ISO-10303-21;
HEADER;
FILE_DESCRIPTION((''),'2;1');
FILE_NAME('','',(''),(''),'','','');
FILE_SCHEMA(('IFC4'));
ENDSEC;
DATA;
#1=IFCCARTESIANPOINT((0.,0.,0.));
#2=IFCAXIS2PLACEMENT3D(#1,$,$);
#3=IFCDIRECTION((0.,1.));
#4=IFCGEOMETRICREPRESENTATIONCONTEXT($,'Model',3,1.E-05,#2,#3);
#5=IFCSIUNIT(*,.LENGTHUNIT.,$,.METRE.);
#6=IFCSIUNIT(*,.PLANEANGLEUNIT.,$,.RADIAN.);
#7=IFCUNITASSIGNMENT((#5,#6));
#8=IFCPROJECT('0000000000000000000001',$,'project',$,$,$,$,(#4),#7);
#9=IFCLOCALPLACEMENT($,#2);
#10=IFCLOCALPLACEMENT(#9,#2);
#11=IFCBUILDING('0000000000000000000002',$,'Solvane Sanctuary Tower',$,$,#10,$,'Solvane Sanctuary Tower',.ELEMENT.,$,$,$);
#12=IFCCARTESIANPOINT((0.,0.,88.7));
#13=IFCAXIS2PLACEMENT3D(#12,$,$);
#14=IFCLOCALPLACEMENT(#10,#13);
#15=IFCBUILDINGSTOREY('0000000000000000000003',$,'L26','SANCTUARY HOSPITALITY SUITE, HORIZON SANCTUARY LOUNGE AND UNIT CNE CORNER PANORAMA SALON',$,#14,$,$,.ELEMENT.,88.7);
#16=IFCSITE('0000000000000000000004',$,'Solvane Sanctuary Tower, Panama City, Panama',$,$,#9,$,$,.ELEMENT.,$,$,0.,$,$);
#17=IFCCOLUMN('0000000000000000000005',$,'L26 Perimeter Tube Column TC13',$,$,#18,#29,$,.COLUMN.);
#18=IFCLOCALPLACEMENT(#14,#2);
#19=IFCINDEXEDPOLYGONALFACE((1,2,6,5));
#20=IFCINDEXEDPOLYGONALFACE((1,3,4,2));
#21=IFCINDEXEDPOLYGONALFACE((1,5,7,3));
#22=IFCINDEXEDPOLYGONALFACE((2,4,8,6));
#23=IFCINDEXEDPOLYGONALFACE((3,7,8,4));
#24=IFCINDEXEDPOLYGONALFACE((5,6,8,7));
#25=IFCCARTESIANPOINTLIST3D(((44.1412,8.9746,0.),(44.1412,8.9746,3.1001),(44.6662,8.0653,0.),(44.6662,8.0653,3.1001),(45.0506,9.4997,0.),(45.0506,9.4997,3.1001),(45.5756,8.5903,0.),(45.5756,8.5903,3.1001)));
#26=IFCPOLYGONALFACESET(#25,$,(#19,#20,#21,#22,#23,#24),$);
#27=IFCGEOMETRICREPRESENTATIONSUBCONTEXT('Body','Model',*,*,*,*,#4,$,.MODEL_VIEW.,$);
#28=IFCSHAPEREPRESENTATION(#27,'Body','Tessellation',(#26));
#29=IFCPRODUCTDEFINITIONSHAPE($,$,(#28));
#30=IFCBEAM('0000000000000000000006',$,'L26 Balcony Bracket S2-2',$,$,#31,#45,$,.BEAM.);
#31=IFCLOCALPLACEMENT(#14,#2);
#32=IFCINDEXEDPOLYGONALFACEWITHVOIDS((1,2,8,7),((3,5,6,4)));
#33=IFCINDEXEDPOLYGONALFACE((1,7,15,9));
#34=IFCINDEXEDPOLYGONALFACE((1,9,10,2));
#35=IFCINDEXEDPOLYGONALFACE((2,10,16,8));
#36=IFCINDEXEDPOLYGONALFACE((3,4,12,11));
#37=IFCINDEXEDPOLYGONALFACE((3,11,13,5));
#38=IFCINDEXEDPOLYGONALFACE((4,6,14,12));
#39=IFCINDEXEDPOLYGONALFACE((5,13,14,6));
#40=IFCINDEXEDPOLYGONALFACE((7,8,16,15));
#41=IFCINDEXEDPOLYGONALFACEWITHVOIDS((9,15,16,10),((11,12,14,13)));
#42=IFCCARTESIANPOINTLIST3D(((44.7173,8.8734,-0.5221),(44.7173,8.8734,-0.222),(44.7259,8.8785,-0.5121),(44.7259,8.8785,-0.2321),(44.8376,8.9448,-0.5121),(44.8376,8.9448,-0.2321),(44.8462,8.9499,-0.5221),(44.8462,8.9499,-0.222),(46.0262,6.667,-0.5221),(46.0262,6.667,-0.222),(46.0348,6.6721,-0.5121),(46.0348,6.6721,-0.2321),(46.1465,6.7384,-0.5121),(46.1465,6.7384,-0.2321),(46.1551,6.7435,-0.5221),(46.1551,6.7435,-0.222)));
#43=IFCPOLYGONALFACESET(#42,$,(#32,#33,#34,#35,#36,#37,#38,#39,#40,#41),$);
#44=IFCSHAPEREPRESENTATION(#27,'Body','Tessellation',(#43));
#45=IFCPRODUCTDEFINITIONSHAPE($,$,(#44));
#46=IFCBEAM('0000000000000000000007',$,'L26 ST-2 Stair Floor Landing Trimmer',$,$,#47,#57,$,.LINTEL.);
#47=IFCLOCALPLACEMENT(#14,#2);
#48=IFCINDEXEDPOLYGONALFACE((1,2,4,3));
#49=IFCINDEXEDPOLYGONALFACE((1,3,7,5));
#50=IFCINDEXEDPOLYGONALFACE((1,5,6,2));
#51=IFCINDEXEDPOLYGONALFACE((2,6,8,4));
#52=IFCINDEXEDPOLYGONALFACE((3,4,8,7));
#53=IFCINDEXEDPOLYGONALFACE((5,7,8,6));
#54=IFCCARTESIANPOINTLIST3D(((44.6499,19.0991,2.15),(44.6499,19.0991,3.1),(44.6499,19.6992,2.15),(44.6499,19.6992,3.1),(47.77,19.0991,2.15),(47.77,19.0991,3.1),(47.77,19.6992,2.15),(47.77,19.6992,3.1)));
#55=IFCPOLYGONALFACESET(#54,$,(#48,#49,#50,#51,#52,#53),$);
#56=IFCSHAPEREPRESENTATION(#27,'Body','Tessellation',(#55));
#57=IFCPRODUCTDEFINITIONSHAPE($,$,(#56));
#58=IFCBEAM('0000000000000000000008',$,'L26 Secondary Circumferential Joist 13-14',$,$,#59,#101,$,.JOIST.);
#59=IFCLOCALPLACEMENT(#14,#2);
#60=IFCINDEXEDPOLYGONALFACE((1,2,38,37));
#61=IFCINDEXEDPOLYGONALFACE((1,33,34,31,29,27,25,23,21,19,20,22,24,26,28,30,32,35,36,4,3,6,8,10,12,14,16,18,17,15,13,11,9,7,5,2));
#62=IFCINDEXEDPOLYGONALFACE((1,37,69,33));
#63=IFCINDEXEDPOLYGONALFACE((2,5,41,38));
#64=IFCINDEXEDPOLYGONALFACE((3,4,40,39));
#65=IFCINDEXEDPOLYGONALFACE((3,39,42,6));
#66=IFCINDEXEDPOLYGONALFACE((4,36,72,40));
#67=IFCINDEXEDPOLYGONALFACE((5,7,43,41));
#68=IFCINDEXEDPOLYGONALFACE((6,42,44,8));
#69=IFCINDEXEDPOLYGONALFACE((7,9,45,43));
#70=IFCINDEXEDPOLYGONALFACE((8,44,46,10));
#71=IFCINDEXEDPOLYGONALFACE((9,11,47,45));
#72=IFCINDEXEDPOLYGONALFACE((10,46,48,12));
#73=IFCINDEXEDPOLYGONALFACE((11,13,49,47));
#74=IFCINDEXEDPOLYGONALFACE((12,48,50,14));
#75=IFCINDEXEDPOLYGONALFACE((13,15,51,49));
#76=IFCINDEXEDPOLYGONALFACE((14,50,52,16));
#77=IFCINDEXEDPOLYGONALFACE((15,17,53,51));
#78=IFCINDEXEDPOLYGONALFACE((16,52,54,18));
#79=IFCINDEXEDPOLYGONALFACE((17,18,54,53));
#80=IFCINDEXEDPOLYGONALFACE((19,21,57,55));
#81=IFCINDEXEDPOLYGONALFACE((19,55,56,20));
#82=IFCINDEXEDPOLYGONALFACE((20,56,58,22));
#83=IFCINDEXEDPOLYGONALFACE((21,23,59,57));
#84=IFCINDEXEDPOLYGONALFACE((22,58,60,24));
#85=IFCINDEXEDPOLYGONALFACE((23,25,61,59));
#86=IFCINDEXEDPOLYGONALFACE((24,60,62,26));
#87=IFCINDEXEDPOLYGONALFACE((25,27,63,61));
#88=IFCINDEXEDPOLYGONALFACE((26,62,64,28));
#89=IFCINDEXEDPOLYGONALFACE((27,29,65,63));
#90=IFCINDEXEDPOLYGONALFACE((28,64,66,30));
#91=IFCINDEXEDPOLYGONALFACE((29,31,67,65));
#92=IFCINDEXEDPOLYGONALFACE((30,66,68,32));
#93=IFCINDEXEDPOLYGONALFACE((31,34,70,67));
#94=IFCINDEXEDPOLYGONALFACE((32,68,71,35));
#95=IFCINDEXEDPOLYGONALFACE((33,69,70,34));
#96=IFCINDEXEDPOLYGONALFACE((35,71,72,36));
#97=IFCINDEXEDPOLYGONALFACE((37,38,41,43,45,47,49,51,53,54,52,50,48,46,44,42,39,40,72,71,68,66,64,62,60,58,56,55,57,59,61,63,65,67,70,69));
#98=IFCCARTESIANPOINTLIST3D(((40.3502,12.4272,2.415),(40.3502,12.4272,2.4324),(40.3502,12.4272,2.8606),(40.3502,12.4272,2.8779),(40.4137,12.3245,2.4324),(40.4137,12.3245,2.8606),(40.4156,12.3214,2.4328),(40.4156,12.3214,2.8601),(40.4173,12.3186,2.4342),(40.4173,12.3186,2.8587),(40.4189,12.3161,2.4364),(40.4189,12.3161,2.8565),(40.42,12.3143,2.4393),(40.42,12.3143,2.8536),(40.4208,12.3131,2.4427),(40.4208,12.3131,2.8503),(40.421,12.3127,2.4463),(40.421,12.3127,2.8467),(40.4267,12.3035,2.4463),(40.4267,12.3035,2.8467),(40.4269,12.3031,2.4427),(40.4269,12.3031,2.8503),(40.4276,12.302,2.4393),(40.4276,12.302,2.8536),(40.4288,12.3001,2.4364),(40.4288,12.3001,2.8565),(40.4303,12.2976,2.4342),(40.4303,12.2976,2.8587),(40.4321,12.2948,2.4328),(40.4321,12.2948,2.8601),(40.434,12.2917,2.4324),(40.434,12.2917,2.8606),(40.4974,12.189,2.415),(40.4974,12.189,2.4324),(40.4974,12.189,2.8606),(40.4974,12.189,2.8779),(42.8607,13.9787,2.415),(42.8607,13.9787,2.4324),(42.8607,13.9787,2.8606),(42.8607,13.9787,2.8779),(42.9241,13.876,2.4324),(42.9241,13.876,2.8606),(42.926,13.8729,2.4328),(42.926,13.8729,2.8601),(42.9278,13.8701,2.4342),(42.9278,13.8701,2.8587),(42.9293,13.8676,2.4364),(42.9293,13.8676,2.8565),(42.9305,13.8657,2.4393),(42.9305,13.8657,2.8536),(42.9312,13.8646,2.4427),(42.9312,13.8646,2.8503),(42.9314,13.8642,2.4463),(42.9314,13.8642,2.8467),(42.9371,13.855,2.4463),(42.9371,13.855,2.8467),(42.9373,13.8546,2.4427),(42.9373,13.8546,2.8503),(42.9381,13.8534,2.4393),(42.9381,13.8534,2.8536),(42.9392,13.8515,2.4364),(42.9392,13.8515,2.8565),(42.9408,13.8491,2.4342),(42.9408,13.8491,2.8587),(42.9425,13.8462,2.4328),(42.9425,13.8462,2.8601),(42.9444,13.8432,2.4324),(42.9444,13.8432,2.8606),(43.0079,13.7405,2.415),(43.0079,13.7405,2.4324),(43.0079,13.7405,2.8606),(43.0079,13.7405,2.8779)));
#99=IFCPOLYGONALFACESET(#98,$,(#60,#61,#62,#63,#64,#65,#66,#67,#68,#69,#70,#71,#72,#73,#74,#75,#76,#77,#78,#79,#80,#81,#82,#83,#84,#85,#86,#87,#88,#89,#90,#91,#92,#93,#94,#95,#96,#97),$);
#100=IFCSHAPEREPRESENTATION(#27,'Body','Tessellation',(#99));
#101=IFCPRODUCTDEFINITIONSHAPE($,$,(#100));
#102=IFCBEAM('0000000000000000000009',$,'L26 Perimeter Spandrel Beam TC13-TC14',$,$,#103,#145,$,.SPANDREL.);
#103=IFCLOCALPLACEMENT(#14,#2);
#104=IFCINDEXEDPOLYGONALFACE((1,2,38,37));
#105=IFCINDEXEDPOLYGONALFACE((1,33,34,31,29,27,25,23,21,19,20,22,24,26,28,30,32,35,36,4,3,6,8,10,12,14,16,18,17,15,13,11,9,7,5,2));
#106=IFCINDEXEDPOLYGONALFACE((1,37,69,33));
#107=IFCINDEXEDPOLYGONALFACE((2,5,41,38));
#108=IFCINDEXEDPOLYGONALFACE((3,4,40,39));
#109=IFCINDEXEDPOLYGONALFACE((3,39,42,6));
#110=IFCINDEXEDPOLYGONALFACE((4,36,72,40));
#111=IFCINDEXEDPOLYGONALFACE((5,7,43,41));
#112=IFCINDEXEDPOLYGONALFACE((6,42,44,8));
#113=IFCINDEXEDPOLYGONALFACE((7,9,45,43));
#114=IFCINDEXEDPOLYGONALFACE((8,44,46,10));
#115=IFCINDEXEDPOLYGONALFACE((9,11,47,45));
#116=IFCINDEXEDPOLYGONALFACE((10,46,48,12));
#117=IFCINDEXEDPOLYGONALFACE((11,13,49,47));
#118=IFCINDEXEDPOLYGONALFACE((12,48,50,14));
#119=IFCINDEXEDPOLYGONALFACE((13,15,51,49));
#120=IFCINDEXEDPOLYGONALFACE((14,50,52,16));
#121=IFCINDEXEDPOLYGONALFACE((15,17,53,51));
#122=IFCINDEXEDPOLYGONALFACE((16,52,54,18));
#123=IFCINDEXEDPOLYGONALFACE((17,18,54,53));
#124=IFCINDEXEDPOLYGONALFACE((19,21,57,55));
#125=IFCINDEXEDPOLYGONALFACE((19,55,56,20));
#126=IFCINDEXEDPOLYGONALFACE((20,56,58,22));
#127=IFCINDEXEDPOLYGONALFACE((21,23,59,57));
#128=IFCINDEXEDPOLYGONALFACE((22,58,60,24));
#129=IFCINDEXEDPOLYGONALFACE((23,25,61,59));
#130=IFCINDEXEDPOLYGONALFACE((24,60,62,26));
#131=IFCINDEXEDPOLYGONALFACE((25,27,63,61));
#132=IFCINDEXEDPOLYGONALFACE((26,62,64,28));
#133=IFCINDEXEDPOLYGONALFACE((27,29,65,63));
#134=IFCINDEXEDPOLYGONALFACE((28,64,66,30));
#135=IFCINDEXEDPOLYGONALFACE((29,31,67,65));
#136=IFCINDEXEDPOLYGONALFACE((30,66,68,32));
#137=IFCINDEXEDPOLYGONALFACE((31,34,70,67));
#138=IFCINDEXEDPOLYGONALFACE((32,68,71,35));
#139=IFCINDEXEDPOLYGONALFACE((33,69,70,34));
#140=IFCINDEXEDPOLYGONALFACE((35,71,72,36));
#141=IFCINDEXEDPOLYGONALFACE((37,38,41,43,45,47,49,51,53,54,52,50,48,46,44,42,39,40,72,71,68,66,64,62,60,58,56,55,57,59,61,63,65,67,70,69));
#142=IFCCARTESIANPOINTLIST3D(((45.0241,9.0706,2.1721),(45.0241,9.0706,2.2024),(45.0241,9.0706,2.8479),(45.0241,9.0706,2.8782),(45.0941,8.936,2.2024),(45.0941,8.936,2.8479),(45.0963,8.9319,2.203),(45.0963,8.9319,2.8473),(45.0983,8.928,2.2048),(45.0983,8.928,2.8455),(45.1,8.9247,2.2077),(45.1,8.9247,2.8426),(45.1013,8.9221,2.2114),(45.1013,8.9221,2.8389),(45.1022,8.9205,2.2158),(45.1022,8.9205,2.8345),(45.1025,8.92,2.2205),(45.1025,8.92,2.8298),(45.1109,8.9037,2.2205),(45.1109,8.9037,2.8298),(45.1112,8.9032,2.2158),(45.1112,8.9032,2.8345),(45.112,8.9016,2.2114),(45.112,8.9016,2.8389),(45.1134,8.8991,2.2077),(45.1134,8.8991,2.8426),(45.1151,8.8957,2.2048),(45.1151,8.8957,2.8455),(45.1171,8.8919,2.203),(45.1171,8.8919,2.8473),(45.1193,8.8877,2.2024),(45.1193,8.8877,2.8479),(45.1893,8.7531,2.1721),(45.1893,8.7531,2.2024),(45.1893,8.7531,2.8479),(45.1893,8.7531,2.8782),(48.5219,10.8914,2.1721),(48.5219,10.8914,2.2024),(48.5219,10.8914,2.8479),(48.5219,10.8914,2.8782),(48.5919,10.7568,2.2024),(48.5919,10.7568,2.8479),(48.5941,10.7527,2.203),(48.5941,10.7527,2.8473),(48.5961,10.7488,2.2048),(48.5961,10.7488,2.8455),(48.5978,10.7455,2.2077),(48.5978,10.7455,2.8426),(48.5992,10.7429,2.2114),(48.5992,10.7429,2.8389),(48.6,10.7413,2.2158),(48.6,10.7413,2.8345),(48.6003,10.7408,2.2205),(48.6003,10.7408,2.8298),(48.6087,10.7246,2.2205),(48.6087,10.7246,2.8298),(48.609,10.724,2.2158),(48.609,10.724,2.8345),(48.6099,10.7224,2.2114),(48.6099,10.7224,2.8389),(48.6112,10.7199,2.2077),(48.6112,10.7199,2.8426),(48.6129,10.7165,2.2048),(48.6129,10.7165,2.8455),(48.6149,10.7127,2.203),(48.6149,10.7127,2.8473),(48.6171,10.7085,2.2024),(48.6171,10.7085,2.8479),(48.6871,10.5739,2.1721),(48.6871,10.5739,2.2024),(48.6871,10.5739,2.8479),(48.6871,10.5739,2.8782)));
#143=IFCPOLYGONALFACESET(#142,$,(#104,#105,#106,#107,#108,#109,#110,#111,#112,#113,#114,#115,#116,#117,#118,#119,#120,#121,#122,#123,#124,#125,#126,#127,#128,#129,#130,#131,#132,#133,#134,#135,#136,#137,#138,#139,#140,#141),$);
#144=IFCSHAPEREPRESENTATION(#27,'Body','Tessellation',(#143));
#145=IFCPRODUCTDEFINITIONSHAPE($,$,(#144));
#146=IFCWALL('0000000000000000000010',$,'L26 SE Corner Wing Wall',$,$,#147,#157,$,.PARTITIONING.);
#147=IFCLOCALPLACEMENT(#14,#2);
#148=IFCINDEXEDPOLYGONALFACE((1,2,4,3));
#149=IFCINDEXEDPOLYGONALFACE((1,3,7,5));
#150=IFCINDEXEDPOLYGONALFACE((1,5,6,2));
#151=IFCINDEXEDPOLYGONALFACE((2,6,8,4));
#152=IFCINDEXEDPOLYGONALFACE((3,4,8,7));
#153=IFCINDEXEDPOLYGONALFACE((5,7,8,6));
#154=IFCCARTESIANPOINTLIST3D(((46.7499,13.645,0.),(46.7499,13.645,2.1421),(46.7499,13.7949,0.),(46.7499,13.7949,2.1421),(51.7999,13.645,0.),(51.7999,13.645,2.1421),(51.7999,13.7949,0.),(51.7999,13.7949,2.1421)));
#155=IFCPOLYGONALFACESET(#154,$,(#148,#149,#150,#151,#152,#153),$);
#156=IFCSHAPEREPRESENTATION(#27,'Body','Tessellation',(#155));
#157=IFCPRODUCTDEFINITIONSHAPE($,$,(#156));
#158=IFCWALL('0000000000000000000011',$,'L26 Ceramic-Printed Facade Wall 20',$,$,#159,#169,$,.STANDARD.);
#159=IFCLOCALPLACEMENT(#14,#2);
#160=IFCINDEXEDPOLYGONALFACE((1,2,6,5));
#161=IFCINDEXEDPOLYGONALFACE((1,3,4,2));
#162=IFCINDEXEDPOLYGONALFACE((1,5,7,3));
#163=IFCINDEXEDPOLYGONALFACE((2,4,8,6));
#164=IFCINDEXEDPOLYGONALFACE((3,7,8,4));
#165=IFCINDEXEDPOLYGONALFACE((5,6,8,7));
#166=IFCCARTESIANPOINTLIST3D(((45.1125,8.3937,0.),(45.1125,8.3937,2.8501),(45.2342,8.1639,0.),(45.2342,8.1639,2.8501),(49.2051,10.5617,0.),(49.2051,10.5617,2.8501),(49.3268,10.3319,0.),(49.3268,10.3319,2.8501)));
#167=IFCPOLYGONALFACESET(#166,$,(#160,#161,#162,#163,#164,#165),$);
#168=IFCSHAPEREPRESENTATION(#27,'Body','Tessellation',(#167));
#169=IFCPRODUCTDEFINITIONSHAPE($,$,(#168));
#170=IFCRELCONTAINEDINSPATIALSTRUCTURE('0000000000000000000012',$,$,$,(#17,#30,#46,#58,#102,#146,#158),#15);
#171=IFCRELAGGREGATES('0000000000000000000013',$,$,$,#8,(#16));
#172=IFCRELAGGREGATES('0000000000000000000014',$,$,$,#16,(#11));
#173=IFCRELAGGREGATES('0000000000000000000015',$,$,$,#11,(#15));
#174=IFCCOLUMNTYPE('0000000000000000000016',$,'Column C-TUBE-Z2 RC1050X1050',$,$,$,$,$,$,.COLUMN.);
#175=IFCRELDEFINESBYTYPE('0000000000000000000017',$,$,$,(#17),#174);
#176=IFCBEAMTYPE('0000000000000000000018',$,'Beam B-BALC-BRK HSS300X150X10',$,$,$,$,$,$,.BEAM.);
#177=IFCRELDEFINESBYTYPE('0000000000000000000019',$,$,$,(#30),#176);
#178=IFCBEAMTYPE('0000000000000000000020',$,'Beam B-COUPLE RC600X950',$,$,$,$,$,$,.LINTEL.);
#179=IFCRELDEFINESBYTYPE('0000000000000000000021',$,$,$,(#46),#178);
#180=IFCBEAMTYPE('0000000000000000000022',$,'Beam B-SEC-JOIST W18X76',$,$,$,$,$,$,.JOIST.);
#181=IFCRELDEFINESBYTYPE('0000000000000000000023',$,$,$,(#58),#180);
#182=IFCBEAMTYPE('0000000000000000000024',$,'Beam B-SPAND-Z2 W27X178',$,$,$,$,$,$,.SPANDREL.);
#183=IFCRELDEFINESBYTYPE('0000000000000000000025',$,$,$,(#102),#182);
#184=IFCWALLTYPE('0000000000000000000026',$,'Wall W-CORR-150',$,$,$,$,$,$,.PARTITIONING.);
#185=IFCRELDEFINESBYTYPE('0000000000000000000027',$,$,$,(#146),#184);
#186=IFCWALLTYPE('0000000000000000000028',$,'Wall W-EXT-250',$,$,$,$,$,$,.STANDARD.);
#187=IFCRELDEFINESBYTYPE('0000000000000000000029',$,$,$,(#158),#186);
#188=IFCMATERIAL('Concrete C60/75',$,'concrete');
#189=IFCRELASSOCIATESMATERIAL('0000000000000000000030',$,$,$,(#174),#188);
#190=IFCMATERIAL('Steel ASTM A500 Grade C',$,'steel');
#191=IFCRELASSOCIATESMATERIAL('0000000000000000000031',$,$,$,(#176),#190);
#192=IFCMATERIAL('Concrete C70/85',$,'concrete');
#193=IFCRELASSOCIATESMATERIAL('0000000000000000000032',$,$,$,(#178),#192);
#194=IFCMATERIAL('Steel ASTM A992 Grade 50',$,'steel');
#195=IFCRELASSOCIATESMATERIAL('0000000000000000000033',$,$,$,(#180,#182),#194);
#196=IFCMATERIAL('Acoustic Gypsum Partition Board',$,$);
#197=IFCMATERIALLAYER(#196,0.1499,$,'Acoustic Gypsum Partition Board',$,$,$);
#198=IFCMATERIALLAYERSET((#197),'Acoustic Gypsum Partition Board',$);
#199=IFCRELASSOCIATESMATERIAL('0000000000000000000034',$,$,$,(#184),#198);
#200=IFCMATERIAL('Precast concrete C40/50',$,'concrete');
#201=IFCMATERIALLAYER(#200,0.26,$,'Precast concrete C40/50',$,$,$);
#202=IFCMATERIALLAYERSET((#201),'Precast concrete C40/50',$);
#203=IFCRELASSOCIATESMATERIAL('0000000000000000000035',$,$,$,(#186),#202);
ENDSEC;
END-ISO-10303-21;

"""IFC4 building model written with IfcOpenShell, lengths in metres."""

from ifc_helpers import new_model, si_unit, direction, frame, frame_2d, origin, origin_2d, place, context, subcontext, project, spatial, rectangle, hollow_rectangle, i_section, extrude, material, layer, layer_set, material_profile, profile_set, type_object, element, save


model = new_model("IFC4")

# Units and contexts
model_context = context("Model", 3, precision=1e-05, world=origin(), true_north=direction((0.0, 1.0)))
body_context = subcontext(model_context, "Body", "Model", "MODEL_VIEW")
ifc_project = project(units=[si_unit("LENGTHUNIT", "METRE"), si_unit("PLANEANGLEUNIT", "RADIAN")], contexts=[model_context])

# Site, building, storey
site_placement = place(None, origin())
site = spatial("IfcSite", under=ifc_project, at=site_placement, Name="Solvane Sanctuary Tower, Panama City, Panama", CompositionType="ELEMENT", RefElevation=0.0)
building_placement = place(site_placement, origin())
building = spatial("IfcBuilding", under=site, at=building_placement, Name="Solvane Sanctuary Tower", LongName="Solvane Sanctuary Tower", CompositionType="ELEMENT")
storey_placement = place(building_placement, frame((0.0, 0.0, 88.7)))
storey = spatial("IfcBuildingStorey", under=building, at=storey_placement, Name="L26", Description="SANCTUARY HOSPITALITY SUITE, HORIZON SANCTUARY LOUNGE AND UNIT CNE CORNER PANORAMA SALON", CompositionType="ELEMENT", Elevation=88.7)

# Column
ifc_material_1 = material(Name="Concrete C60/75", Category="concrete")
ifc_material_profile_1 = material_profile(ifc_material_1, rectangle(XDim=1.05, YDim=1.05, at=origin_2d()), Name="RC1050X1050")
ifc_profile_set_1 = profile_set([ifc_material_profile_1], Name="Concrete C60/75")
column_type = type_object("IfcColumnType", Name="Column C-TUBE-Z2 RC1050X1050", PredefinedType="COLUMN", material=ifc_profile_set_1)
column_placement = place(storey_placement, frame((44.8584, 8.7825, 0.0), z_axis=(0.0, 0.0, 1.0), x_axis=(0.5, -0.866025, 0.0)))
element("IfcColumn", 1, at=column_placement, inside=storey, type_object=column_type, Name="L26 Perimeter Tube Column TC13", PredefinedType="COLUMN", context=body_context, shape_type="SweptSolid", body=[
    extrude(rectangle(XDim=1.05, YDim=1.05, at=origin_2d()), origin(), (0.0, 0.0, 1.0), 3.1001),
])

# Beams
ifc_material_2 = material(Name="Steel ASTM A500 Grade C", Category="steel")
ifc_material_profile_2 = material_profile(ifc_material_2, hollow_rectangle(XDim=0.1499, YDim=0.3, WallThickness=0.01, at=origin_2d()), Name="HSS300X150X10")
ifc_profile_set_2 = profile_set([ifc_material_profile_2], Name="Steel ASTM A500 Grade C")
beam_type_1 = type_object("IfcBeamType", Name="Beam B-BALC-BRK HSS300X150X10", PredefinedType="BEAM", material=ifc_profile_set_2)
beam_1_placement = place(storey_placement, frame((44.7817, 8.9116, -0.3721), z_axis=(0.510207, -0.860052, 0.0), x_axis=(0.860052, 0.510207, 0.0)))
element("IfcBeam", 2, at=beam_1_placement, inside=storey, type_object=beam_type_1, Name="L26 Balcony Bracket S2-2", PredefinedType="BEAM", context=body_context, shape_type="SweptSolid", body=[
    extrude(hollow_rectangle(XDim=0.1499, YDim=0.3, WallThickness=0.01, at=origin_2d()), origin(), (0.0, 0.0, 1.0), 2.5654),
])
ifc_material_3 = material(Name="Concrete C70/85", Category="concrete")
ifc_material_profile_3 = material_profile(ifc_material_3, rectangle(XDim=0.6001, YDim=0.95, at=origin_2d()), Name="RC600X950")
ifc_profile_set_3 = profile_set([ifc_material_profile_3], Name="Concrete C70/85")
beam_type_2 = type_object("IfcBeamType", Name="Beam B-COUPLE RC600X950", PredefinedType="LINTEL", material=ifc_profile_set_3)
beam_2_placement = place(storey_placement, frame((44.6499, 19.3992, 2.625), z_axis=(1.0, 0.0, 0.0), x_axis=(0.0, 1.0, 0.0)))
element("IfcBeam", 3, at=beam_2_placement, inside=storey, type_object=beam_type_2, Name="L26 ST-2 Stair Floor Landing Trimmer", PredefinedType="LINTEL", context=body_context, shape_type="SweptSolid", body=[
    extrude(rectangle(XDim=0.6001, YDim=0.95, at=origin_2d()), origin(), (0.0, 0.0, 1.0), 3.1201),
])
ifc_material_4 = material(Name="Steel ASTM A992 Grade 50", Category="steel")
ifc_material_profile_4 = material_profile(ifc_material_4, i_section(OverallWidth=0.28, OverallDepth=0.4629, WebThickness=0.0107, FlangeThickness=0.0173, FilletRadius=0.0139, at=origin_2d()), Name="W18X76")
ifc_profile_set_4 = profile_set([ifc_material_profile_4], Name="Steel ASTM A992 Grade 50")
beam_type_3 = type_object("IfcBeamType", Name="Beam B-SEC-JOIST W18X76", PredefinedType="JOIST", material=ifc_profile_set_4)
beam_3_placement = place(storey_placement, frame((40.4238, 12.3081, 2.6465), z_axis=(0.85066, 0.525717, 0.0), x_axis=(-0.525717, 0.85066, 0.0)))
element("IfcBeam", 4, at=beam_3_placement, inside=storey, type_object=beam_type_3, Name="L26 Secondary Circumferential Joist 13-14", PredefinedType="JOIST", context=body_context, shape_type="SweptSolid", body=[
    extrude(i_section(OverallWidth=0.28, OverallDepth=0.4629, WebThickness=0.0107, FlangeThickness=0.0173, FilletRadius=0.0139, at=origin_2d()), origin(), (0.0, 0.0, 1.0), 2.9512),
])
ifc_material_profile_5 = material_profile(ifc_material_4, i_section(OverallWidth=0.3579, OverallDepth=0.7061, WebThickness=0.0183, FlangeThickness=0.0303, FilletRadius=0.0181, at=origin_2d()), Name="W27X178")
ifc_profile_set_5 = profile_set([ifc_material_profile_5], Name="Steel ASTM A992 Grade 50")
beam_type_4 = type_object("IfcBeamType", Name="Beam B-SPAND-Z2 W27X178", PredefinedType="SPANDREL", material=ifc_profile_set_5)
beam_4_placement = place(storey_placement, frame((45.1067, 8.9119, 2.5251), z_axis=(0.887015, 0.461741, 0.0), x_axis=(-0.461741, 0.887015, 0.0)))
element("IfcBeam", 5, at=beam_4_placement, inside=storey, type_object=beam_type_4, Name="L26 Perimeter Spandrel Beam TC13-TC14", PredefinedType="SPANDREL", context=body_context, shape_type="SweptSolid", body=[
    extrude(i_section(OverallWidth=0.3579, OverallDepth=0.7061, WebThickness=0.0183, FlangeThickness=0.0303, FilletRadius=0.0181, at=origin_2d()), origin(), (0.0, 0.0, 1.0), 3.9434),
])

# Walls
ifc_material_5 = material(Name="Acoustic Gypsum Partition Board")
ifc_layer_1 = layer(ifc_material_5, 0.1499, Name="Acoustic Gypsum Partition Board")
ifc_layer_set_1 = layer_set([ifc_layer_1], Name="Acoustic Gypsum Partition Board")
wall_type_1 = type_object("IfcWallType", Name="Wall W-CORR-150", PredefinedType="PARTITIONING", material=ifc_layer_set_1)
wall_1_placement = place(storey_placement, frame((46.75, 13.72, 0.0), z_axis=(0.0, 0.0, 1.0), x_axis=(1.0, 0.0, 0.0)))
element("IfcWall", 6, at=wall_1_placement, inside=storey, type_object=wall_type_1, Name="L26 SE Corner Wing Wall", PredefinedType="PARTITIONING", context=body_context, shape_type="SweptSolid", body=[
    extrude(rectangle(XDim=5.05, YDim=0.1499, at=frame_2d((2.5249, 0.0))), origin(), (0.0, 0.0, 1.0), 2.1421),
])
ifc_material_6 = material(Name="Precast concrete C40/50", Category="concrete")
ifc_layer_2 = layer(ifc_material_6, 0.26, Name="Precast concrete C40/50")
ifc_layer_set_2 = layer_set([ifc_layer_2], Name="Precast concrete C40/50")
wall_type_2 = type_object("IfcWallType", Name="Wall W-EXT-250", PredefinedType="STANDARD", material=ifc_layer_set_2)
wall_2_placement = place(storey_placement, frame((45.1733, 8.2788, 0.0), z_axis=(0.0, 0.0, 1.0), x_axis=(0.883669, 0.468113, 0.0)))
element("IfcWall", 7, at=wall_2_placement, inside=storey, type_object=wall_type_2, Name="L26 Ceramic-Printed Facade Wall 20", PredefinedType="STANDARD", context=body_context, shape_type="SweptSolid", body=[
    extrude(rectangle(XDim=4.6313, YDim=0.26, at=frame_2d((2.3157, 0.0))), origin(), (0.0, 0.0, 1.0), 2.8501),
])

save(model, "model.ifc")
